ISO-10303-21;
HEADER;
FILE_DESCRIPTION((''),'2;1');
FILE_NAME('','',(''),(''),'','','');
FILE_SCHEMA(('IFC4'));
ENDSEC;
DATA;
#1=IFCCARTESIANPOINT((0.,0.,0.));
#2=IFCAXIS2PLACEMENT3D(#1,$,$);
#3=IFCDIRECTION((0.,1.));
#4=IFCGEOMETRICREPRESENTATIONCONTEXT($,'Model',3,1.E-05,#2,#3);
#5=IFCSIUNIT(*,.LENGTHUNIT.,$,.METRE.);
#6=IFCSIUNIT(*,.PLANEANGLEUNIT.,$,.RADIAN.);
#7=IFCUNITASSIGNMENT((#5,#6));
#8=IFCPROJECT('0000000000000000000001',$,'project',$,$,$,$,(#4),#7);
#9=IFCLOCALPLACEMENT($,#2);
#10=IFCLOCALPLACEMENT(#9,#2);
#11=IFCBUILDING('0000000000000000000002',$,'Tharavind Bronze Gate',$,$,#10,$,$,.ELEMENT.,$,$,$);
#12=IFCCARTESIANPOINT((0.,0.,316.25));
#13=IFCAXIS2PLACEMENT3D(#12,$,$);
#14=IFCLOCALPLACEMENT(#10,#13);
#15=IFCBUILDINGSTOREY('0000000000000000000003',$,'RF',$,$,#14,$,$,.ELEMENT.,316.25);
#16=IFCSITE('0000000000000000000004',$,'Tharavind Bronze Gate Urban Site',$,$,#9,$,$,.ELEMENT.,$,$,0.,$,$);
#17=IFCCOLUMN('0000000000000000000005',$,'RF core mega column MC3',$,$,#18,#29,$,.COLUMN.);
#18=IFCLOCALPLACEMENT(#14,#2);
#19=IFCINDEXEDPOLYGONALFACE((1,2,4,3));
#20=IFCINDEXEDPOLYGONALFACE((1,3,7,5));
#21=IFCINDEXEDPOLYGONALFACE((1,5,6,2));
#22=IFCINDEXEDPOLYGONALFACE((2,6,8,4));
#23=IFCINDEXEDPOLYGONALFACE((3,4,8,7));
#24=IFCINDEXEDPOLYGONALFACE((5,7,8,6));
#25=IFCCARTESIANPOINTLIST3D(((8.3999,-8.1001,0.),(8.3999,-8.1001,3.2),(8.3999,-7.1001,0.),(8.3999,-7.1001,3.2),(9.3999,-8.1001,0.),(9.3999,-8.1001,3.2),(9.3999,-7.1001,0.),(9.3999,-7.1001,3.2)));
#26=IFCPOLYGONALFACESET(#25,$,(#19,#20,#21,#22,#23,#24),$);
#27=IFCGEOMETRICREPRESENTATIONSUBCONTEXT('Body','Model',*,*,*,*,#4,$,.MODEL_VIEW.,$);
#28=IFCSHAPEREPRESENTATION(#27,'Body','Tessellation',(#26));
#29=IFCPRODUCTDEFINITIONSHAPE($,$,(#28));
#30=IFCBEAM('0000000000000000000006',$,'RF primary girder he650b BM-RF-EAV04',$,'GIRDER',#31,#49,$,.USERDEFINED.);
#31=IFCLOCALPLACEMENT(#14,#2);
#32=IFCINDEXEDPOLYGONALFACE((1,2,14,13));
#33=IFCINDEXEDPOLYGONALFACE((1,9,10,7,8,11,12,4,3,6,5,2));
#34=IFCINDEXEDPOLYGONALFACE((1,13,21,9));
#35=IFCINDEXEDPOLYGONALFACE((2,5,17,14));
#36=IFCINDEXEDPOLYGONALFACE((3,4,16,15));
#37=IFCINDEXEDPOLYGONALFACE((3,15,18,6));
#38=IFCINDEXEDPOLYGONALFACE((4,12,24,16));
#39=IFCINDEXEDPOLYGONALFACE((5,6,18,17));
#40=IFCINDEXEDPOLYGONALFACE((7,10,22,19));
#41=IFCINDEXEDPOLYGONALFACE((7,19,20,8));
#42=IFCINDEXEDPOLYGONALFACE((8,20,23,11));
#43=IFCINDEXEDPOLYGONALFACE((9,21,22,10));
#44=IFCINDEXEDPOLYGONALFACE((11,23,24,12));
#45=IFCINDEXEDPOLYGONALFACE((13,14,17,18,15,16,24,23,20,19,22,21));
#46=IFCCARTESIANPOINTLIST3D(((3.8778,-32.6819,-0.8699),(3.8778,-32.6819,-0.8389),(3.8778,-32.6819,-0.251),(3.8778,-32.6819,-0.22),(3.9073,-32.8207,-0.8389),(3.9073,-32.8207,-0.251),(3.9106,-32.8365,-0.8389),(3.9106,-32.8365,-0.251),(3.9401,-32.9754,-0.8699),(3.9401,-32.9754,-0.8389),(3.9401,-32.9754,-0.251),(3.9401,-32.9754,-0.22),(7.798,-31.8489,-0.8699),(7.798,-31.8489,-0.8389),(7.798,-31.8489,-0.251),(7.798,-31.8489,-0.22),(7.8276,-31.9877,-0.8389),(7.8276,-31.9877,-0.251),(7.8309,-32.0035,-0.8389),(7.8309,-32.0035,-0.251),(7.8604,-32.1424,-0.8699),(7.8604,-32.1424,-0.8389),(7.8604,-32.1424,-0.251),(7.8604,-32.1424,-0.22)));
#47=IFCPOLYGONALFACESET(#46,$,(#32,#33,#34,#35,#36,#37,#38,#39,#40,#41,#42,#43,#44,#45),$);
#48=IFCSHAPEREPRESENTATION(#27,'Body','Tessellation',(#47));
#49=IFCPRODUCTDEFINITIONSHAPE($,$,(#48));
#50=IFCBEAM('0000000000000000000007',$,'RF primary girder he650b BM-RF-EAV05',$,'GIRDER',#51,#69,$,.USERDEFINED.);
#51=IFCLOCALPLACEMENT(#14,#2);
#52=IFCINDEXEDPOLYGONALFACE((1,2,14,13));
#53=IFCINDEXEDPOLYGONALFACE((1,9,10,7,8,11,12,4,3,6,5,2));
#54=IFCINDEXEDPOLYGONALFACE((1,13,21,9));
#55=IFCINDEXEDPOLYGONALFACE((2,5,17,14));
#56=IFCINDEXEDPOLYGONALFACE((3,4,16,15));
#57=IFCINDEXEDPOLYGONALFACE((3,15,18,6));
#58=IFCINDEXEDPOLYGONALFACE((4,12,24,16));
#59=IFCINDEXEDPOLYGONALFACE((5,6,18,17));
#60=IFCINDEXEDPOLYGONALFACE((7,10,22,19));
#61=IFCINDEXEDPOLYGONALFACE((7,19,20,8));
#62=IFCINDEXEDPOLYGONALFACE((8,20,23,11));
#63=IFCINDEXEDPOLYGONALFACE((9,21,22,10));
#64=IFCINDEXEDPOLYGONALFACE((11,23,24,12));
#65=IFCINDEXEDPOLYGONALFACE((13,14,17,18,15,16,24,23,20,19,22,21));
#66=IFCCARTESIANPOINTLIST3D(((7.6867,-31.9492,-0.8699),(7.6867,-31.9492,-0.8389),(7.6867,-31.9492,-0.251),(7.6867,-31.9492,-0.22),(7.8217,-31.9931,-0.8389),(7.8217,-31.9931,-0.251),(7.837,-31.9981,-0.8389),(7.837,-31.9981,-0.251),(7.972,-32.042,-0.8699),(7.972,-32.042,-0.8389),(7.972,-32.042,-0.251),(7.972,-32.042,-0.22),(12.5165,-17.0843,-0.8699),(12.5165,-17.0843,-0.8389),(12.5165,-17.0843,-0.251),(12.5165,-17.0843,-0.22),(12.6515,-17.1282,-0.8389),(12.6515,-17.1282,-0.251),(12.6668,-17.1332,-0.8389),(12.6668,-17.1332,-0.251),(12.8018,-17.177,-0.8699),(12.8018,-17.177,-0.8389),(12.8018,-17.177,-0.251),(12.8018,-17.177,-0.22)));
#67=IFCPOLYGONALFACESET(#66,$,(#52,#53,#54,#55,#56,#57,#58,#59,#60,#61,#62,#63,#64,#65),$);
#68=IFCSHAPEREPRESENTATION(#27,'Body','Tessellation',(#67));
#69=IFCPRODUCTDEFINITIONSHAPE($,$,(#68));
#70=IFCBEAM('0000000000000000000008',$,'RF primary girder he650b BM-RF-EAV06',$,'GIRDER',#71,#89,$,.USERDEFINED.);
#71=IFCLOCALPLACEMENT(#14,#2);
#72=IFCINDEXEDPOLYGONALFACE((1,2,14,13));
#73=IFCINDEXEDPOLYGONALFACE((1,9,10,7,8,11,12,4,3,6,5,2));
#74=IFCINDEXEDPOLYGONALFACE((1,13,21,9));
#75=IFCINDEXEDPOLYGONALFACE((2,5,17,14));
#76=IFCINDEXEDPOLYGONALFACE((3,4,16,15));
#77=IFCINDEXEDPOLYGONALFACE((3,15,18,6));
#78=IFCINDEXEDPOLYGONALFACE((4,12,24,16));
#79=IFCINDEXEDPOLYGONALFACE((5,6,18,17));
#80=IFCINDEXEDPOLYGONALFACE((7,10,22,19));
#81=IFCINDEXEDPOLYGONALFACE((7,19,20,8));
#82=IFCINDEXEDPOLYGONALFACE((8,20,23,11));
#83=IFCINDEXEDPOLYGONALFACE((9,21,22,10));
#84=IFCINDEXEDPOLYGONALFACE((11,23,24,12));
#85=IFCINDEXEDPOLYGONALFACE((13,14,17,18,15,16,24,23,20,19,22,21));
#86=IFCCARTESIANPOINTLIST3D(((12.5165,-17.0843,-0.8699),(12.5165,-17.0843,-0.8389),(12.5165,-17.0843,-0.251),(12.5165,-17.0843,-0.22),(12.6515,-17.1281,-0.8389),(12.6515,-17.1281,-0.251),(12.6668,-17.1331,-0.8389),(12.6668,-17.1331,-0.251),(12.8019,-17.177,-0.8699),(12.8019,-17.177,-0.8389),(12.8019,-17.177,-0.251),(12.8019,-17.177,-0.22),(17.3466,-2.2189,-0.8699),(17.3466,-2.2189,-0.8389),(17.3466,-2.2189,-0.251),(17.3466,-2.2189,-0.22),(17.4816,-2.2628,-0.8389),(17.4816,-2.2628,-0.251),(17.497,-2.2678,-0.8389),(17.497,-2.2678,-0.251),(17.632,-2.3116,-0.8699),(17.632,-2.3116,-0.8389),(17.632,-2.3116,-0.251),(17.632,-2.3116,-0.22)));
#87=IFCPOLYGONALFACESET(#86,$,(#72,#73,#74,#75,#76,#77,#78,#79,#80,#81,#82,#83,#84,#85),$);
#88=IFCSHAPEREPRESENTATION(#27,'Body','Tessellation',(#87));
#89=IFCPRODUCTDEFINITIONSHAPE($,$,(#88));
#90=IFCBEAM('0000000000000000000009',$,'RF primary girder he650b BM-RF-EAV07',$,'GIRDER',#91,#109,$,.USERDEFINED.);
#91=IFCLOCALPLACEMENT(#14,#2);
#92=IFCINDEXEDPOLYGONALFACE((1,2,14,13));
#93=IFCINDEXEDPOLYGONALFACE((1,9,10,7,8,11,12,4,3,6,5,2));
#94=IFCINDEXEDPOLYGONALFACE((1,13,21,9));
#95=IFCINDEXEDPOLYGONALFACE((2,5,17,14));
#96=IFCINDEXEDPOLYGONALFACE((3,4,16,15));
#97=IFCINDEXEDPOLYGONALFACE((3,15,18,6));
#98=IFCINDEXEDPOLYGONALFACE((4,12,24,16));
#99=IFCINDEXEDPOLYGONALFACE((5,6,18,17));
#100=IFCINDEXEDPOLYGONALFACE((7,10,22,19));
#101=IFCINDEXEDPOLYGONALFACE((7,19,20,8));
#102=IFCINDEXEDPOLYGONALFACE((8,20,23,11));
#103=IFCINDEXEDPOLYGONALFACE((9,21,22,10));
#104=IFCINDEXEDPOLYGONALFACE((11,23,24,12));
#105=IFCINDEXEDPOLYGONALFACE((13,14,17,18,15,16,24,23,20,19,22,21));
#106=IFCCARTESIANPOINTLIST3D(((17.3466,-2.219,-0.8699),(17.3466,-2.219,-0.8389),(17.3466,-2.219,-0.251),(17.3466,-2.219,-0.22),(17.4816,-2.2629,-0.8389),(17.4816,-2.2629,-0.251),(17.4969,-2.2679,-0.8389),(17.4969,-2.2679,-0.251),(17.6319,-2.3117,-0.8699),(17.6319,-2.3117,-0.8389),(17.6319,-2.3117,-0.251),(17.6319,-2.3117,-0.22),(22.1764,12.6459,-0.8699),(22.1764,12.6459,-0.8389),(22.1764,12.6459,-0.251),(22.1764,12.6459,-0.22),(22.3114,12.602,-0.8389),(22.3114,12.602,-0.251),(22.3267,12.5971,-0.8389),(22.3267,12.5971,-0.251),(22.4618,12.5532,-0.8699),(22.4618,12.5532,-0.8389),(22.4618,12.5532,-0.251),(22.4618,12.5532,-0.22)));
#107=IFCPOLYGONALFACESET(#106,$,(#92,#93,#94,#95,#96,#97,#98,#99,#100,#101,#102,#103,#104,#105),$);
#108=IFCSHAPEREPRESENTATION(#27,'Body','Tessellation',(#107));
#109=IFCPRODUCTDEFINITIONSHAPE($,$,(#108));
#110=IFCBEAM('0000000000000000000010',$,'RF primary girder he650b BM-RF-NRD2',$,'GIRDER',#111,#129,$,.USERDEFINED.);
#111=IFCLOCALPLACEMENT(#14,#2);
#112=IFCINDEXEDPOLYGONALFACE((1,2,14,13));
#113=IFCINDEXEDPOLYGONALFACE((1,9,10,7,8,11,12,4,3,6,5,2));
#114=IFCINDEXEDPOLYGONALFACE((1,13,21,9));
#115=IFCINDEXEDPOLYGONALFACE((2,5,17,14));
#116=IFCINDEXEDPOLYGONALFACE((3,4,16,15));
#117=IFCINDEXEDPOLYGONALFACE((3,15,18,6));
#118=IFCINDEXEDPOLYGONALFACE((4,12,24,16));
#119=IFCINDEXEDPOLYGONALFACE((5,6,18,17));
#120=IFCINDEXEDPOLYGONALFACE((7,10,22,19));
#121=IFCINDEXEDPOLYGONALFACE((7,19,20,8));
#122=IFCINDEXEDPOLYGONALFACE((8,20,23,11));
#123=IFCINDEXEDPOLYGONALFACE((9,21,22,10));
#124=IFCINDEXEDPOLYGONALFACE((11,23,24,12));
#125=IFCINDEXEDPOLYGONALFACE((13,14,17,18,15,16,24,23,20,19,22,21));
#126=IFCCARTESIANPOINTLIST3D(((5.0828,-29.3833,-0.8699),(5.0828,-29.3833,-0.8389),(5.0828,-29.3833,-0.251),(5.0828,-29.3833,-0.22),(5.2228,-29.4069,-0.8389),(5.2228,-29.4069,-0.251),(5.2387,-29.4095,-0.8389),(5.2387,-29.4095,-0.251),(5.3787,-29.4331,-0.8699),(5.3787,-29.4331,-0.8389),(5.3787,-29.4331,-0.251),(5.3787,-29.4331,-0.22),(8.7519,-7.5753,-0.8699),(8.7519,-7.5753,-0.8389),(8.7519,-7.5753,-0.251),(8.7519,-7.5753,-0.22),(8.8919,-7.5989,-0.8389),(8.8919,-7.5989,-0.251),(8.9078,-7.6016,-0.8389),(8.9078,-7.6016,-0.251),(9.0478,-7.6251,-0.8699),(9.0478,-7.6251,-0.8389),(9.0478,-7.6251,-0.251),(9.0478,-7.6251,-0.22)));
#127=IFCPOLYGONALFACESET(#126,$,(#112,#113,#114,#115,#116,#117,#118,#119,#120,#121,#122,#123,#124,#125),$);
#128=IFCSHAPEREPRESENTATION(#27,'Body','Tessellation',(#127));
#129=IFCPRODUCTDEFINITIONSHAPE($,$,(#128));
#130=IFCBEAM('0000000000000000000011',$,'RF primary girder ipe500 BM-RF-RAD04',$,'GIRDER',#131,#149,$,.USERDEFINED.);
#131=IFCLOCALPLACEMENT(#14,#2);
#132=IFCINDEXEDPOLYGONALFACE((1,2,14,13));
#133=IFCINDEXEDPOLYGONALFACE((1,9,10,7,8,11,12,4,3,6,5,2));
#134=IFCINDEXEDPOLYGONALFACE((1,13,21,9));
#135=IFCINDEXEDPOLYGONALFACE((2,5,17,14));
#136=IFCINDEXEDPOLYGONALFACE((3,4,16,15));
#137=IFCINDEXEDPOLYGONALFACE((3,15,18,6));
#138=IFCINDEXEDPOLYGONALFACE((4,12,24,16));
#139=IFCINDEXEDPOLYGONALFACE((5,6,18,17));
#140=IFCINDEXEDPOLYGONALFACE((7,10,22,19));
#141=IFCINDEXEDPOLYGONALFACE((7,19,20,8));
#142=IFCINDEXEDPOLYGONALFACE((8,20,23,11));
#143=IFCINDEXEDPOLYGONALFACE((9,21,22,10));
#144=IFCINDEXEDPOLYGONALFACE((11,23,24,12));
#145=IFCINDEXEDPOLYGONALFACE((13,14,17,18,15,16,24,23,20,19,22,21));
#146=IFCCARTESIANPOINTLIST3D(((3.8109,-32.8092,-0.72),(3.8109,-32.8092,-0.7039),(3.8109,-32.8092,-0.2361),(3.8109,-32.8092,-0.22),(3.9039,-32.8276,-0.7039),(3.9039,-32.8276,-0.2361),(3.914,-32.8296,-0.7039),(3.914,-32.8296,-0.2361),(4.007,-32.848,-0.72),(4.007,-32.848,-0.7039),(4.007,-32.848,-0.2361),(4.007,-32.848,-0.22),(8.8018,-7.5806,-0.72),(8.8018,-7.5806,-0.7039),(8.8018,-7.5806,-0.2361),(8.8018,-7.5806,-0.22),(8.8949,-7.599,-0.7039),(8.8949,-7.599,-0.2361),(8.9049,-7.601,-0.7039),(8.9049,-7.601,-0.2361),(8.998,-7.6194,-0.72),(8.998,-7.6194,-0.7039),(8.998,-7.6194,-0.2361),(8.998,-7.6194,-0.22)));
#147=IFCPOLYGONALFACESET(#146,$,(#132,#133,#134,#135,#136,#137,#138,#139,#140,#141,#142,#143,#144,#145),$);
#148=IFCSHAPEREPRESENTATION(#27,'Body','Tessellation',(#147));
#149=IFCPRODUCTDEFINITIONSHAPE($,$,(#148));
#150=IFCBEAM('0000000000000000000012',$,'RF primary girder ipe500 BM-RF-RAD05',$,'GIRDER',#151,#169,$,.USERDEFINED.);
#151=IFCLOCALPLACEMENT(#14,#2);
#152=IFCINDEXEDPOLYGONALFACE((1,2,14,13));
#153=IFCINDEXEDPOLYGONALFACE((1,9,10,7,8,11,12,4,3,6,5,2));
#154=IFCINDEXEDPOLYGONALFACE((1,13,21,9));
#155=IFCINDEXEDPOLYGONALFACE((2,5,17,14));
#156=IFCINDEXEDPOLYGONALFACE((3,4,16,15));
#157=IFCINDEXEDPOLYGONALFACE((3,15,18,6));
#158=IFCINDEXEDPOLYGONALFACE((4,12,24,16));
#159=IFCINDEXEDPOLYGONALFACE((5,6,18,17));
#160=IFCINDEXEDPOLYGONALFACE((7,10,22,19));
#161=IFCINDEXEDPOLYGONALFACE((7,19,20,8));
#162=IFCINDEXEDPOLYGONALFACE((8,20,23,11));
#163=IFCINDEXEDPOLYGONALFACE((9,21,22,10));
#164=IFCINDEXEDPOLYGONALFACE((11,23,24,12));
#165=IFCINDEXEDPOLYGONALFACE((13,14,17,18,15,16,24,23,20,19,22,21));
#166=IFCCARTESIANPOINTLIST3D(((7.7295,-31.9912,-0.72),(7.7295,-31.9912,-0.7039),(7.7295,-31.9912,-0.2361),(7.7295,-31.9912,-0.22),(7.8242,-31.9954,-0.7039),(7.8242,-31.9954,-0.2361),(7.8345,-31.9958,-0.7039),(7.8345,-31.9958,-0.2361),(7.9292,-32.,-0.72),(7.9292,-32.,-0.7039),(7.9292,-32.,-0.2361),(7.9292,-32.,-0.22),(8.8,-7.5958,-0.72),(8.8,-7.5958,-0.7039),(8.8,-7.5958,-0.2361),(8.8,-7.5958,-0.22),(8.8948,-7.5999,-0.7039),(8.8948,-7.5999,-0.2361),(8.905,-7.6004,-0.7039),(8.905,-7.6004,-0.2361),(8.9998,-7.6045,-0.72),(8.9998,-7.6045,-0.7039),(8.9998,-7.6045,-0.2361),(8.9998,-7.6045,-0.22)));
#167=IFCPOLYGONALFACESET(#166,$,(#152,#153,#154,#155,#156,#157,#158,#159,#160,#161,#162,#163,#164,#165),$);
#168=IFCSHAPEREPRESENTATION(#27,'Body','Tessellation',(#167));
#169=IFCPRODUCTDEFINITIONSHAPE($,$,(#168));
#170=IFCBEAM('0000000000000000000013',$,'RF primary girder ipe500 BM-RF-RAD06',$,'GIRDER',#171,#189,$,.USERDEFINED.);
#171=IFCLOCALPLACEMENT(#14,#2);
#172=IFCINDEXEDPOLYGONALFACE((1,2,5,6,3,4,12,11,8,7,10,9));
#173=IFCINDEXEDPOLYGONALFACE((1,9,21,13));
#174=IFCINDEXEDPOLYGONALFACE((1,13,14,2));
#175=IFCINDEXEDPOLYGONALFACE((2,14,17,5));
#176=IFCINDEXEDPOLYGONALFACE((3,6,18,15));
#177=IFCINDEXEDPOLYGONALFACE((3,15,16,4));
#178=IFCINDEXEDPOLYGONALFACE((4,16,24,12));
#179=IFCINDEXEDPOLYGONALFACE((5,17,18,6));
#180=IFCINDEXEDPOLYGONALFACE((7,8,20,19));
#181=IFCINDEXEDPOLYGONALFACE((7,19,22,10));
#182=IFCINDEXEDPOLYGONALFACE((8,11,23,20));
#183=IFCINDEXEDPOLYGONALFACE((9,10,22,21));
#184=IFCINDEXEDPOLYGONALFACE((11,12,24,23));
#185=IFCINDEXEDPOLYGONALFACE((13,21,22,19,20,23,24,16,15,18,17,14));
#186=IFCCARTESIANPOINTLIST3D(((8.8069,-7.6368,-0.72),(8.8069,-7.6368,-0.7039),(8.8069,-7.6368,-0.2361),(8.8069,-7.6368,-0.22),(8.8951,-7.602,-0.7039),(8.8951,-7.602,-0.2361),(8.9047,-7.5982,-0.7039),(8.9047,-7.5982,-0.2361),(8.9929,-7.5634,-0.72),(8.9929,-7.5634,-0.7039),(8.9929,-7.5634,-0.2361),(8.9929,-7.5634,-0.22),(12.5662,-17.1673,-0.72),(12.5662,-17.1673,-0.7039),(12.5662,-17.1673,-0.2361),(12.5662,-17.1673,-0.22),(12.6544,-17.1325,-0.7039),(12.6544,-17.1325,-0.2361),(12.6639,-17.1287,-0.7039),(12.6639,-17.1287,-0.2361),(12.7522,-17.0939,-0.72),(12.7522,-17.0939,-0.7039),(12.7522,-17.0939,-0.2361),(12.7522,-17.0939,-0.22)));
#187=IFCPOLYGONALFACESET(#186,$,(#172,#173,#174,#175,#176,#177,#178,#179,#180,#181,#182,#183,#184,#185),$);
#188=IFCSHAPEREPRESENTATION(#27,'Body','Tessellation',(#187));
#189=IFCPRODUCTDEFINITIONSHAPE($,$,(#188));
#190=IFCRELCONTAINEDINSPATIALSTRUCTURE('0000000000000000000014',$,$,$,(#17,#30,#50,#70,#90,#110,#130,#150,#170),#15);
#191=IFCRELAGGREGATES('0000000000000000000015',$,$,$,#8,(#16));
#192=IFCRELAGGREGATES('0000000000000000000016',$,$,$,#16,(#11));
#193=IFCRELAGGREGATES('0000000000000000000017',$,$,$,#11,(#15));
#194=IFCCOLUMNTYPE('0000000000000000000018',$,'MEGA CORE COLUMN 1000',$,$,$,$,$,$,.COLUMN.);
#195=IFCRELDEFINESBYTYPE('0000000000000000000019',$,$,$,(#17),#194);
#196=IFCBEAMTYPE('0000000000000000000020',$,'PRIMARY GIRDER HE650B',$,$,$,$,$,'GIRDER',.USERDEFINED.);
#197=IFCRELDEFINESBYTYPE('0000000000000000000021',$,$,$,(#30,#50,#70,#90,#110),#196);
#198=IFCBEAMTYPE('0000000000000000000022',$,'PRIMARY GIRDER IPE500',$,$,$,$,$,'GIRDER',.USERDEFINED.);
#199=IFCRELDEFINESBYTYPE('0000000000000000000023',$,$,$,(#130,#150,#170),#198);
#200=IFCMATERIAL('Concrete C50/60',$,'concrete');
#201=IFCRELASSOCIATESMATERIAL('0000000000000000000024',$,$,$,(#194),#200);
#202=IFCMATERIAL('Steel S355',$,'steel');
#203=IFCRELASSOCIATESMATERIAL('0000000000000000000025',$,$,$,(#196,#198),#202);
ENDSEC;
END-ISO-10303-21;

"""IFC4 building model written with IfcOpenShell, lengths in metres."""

from ifc_helpers import new_model, si_unit, direction, frame, origin, origin_2d, place, context, subcontext, project, spatial, rectangle, i_section, extrude, material, material_profile, profile_set, type_object, element, save


model = new_model("IFC4")

# Units and contexts
model_context = context("Model", 3, precision=1e-05, world=origin(), true_north=direction((0.0, 1.0)))
body_context = subcontext(model_context, "Body", "Model", "MODEL_VIEW")
ifc_project = project(units=[si_unit("LENGTHUNIT", "METRE"), si_unit("PLANEANGLEUNIT", "RADIAN")], contexts=[model_context])

# Site, building, storey
site_placement = place(None, origin())
site = spatial("IfcSite", under=ifc_project, at=site_placement, Name="Tharavind Bronze Gate Urban Site", CompositionType="ELEMENT", RefElevation=0.0)
building_placement = place(site_placement, origin())
building = spatial("IfcBuilding", under=site, at=building_placement, Name="Tharavind Bronze Gate", CompositionType="ELEMENT")
storey_placement = place(building_placement, frame((0.0, 0.0, 316.25)))
storey = spatial("IfcBuildingStorey", under=building, at=storey_placement, Name="RF", CompositionType="ELEMENT", Elevation=316.25)

# Column
ifc_material_1 = material(Name="Concrete C50/60", Category="concrete")
ifc_material_profile_1 = material_profile(ifc_material_1, rectangle(XDim=1.0, YDim=1.0, at=origin_2d()), Name="RCCOL1000")
ifc_profile_set_1 = profile_set([ifc_material_profile_1], Name="Concrete C50/60")
column_type = type_object("IfcColumnType", Name="MEGA CORE COLUMN 1000", PredefinedType="COLUMN", material=ifc_profile_set_1)
column_placement = place(storey_placement, frame((8.8999, -7.6001, 0.0), z_axis=(0.0, 0.0, 1.0), x_axis=(1.0, 0.0, 0.0)))
element("IfcColumn", 1, at=column_placement, inside=storey, type_object=column_type, Name="RF core mega column MC3", PredefinedType="COLUMN", context=body_context, shape_type="SweptSolid", body=[
    extrude(rectangle(XDim=1.0, YDim=1.0, at=origin_2d()), origin(), (0.0, 0.0, 1.0), 3.2),
])

# Beams
ifc_material_2 = material(Name="Steel S355", Category="steel")
ifc_material_profile_2 = material_profile(ifc_material_2, i_section(OverallWidth=0.3, OverallDepth=0.6499, WebThickness=0.0161, FlangeThickness=0.031, at=origin_2d()), Name="HE650B")
ifc_profile_set_2 = profile_set([ifc_material_profile_2], Name="Steel S355")
beam_type_1 = type_object("IfcBeamType", Name="PRIMARY GIRDER HE650B", ElementType="GIRDER", PredefinedType="USERDEFINED", material=ifc_profile_set_2)
beam_1_placement = place(storey_placement, frame((3.9089, -32.8286, -0.5449), z_axis=(0.978163, 0.20784, 0.0), x_axis=(-0.20784, 0.978163, 0.0)))
element("IfcBeam", 2, at=beam_1_placement, inside=storey, type_object=beam_type_1, Name="RF primary girder he650b BM-RF-EAV04", ObjectType="GIRDER", PredefinedType="USERDEFINED", context=body_context, shape_type="SweptSolid", body=[
    extrude(i_section(OverallWidth=0.3, OverallDepth=0.6499, WebThickness=0.0161, FlangeThickness=0.031, at=origin_2d()), origin(), (0.0, 0.0, 1.0), 4.0078),
])
beam_2_placement = place(storey_placement, frame((7.8293, -31.9956, -0.5449), z_axis=(0.309012, 0.951058, 0.0), x_axis=(-0.951058, 0.309012, 0.0)))
element("IfcBeam", 3, at=beam_2_placement, inside=storey, type_object=beam_type_1, Name="RF primary girder he650b BM-RF-EAV05", ObjectType="GIRDER", PredefinedType="USERDEFINED", context=body_context, shape_type="SweptSolid", body=[
    extrude(i_section(OverallWidth=0.3, OverallDepth=0.6499, WebThickness=0.0161, FlangeThickness=0.031, at=origin_2d()), origin(), (0.0, 0.0, 1.0), 15.6299),
])
beam_3_placement = place(storey_placement, frame((12.6592, -17.1306, -0.5449), z_axis=(0.309021, 0.951055, 0.0), x_axis=(-0.951055, 0.309021, 0.0)))
element("IfcBeam", 4, at=beam_3_placement, inside=storey, type_object=beam_type_1, Name="RF primary girder he650b BM-RF-EAV06", ObjectType="GIRDER", PredefinedType="USERDEFINED", context=body_context, shape_type="SweptSolid", body=[
    extrude(i_section(OverallWidth=0.3, OverallDepth=0.6499, WebThickness=0.0161, FlangeThickness=0.031, at=origin_2d()), origin(), (0.0, 0.0, 1.0), 15.6304),
])
beam_4_placement = place(storey_placement, frame((17.4893, -2.2654, -0.5449), z_axis=(0.309012, 0.951058, 0.0), x_axis=(-0.951058, 0.309012, 0.0)))
element("IfcBeam", 5, at=beam_4_placement, inside=storey, type_object=beam_type_1, Name="RF primary girder he650b BM-RF-EAV07", ObjectType="GIRDER", PredefinedType="USERDEFINED", context=body_context, shape_type="SweptSolid", body=[
    extrude(i_section(OverallWidth=0.3, OverallDepth=0.6499, WebThickness=0.0161, FlangeThickness=0.031, at=origin_2d()), origin(), (0.0, 0.0, 1.0), 15.6299),
])
beam_5_placement = place(storey_placement, frame((5.2307, -29.4082, -0.5449), z_axis=(0.165917, 0.98614, 0.0), x_axis=(-0.98614, 0.165917, 0.0)))
element("IfcBeam", 6, at=beam_5_placement, inside=storey, type_object=beam_type_1, Name="RF primary girder he650b BM-RF-NRD2", ObjectType="GIRDER", PredefinedType="USERDEFINED", context=body_context, shape_type="SweptSolid", body=[
    extrude(i_section(OverallWidth=0.3, OverallDepth=0.6499, WebThickness=0.0161, FlangeThickness=0.031, at=origin_2d()), origin(), (0.0, 0.0, 1.0), 22.1145),
])
ifc_material_profile_3 = material_profile(ifc_material_2, i_section(OverallWidth=0.2, OverallDepth=0.5, WebThickness=0.0103, FlangeThickness=0.0161, at=origin_2d()), Name="IPE500")
ifc_profile_set_3 = profile_set([ifc_material_profile_3], Name="Steel S355")
beam_type_2 = type_object("IfcBeamType", Name="PRIMARY GIRDER IPE500", ElementType="GIRDER", PredefinedType="USERDEFINED", material=ifc_profile_set_3)
beam_6_placement = place(storey_placement, frame((3.9089, -32.8286, -0.47), z_axis=(0.194069, 0.980988, 0.0), x_axis=(-0.980988, 0.194069, 0.0)))
element("IfcBeam", 7, at=beam_6_placement, inside=storey, type_object=beam_type_2, Name="RF primary girder ipe500 BM-RF-RAD04", ObjectType="GIRDER", PredefinedType="USERDEFINED", context=body_context, shape_type="SweptSolid", body=[
    extrude(i_section(OverallWidth=0.2, OverallDepth=0.5, WebThickness=0.0103, FlangeThickness=0.0161, at=origin_2d()), origin(), (0.0, 0.0, 1.0), 25.7175),
])
beam_7_placement = place(storey_placement, frame((7.8293, -31.9956, -0.47), z_axis=(0.043841, 0.999039, 0.0), x_axis=(-0.999039, 0.043841, 0.0)))
element("IfcBeam", 8, at=beam_7_placement, inside=storey, type_object=beam_type_2, Name="RF primary girder ipe500 BM-RF-RAD05", ObjectType="GIRDER", PredefinedType="USERDEFINED", context=body_context, shape_type="SweptSolid", body=[
    extrude(i_section(OverallWidth=0.2, OverallDepth=0.5, WebThickness=0.0103, FlangeThickness=0.0161, at=origin_2d()), origin(), (0.0, 0.0, 1.0), 24.4189),
])
beam_8_placement = place(storey_placement, frame((12.6592, -17.1306, -0.47), z_axis=(-0.366933, 0.930247, 0.0), x_axis=(-0.930247, -0.366933, 0.0)))
element("IfcBeam", 9, at=beam_8_placement, inside=storey, type_object=beam_type_2, Name="RF primary girder ipe500 BM-RF-RAD06", ObjectType="GIRDER", PredefinedType="USERDEFINED", context=body_context, shape_type="SweptSolid", body=[
    extrude(i_section(OverallWidth=0.2, OverallDepth=0.5, WebThickness=0.0103, FlangeThickness=0.0161, at=origin_2d()), origin(), (0.0, 0.0, 1.0), 10.2451),
])

save(model, "model.ifc")
